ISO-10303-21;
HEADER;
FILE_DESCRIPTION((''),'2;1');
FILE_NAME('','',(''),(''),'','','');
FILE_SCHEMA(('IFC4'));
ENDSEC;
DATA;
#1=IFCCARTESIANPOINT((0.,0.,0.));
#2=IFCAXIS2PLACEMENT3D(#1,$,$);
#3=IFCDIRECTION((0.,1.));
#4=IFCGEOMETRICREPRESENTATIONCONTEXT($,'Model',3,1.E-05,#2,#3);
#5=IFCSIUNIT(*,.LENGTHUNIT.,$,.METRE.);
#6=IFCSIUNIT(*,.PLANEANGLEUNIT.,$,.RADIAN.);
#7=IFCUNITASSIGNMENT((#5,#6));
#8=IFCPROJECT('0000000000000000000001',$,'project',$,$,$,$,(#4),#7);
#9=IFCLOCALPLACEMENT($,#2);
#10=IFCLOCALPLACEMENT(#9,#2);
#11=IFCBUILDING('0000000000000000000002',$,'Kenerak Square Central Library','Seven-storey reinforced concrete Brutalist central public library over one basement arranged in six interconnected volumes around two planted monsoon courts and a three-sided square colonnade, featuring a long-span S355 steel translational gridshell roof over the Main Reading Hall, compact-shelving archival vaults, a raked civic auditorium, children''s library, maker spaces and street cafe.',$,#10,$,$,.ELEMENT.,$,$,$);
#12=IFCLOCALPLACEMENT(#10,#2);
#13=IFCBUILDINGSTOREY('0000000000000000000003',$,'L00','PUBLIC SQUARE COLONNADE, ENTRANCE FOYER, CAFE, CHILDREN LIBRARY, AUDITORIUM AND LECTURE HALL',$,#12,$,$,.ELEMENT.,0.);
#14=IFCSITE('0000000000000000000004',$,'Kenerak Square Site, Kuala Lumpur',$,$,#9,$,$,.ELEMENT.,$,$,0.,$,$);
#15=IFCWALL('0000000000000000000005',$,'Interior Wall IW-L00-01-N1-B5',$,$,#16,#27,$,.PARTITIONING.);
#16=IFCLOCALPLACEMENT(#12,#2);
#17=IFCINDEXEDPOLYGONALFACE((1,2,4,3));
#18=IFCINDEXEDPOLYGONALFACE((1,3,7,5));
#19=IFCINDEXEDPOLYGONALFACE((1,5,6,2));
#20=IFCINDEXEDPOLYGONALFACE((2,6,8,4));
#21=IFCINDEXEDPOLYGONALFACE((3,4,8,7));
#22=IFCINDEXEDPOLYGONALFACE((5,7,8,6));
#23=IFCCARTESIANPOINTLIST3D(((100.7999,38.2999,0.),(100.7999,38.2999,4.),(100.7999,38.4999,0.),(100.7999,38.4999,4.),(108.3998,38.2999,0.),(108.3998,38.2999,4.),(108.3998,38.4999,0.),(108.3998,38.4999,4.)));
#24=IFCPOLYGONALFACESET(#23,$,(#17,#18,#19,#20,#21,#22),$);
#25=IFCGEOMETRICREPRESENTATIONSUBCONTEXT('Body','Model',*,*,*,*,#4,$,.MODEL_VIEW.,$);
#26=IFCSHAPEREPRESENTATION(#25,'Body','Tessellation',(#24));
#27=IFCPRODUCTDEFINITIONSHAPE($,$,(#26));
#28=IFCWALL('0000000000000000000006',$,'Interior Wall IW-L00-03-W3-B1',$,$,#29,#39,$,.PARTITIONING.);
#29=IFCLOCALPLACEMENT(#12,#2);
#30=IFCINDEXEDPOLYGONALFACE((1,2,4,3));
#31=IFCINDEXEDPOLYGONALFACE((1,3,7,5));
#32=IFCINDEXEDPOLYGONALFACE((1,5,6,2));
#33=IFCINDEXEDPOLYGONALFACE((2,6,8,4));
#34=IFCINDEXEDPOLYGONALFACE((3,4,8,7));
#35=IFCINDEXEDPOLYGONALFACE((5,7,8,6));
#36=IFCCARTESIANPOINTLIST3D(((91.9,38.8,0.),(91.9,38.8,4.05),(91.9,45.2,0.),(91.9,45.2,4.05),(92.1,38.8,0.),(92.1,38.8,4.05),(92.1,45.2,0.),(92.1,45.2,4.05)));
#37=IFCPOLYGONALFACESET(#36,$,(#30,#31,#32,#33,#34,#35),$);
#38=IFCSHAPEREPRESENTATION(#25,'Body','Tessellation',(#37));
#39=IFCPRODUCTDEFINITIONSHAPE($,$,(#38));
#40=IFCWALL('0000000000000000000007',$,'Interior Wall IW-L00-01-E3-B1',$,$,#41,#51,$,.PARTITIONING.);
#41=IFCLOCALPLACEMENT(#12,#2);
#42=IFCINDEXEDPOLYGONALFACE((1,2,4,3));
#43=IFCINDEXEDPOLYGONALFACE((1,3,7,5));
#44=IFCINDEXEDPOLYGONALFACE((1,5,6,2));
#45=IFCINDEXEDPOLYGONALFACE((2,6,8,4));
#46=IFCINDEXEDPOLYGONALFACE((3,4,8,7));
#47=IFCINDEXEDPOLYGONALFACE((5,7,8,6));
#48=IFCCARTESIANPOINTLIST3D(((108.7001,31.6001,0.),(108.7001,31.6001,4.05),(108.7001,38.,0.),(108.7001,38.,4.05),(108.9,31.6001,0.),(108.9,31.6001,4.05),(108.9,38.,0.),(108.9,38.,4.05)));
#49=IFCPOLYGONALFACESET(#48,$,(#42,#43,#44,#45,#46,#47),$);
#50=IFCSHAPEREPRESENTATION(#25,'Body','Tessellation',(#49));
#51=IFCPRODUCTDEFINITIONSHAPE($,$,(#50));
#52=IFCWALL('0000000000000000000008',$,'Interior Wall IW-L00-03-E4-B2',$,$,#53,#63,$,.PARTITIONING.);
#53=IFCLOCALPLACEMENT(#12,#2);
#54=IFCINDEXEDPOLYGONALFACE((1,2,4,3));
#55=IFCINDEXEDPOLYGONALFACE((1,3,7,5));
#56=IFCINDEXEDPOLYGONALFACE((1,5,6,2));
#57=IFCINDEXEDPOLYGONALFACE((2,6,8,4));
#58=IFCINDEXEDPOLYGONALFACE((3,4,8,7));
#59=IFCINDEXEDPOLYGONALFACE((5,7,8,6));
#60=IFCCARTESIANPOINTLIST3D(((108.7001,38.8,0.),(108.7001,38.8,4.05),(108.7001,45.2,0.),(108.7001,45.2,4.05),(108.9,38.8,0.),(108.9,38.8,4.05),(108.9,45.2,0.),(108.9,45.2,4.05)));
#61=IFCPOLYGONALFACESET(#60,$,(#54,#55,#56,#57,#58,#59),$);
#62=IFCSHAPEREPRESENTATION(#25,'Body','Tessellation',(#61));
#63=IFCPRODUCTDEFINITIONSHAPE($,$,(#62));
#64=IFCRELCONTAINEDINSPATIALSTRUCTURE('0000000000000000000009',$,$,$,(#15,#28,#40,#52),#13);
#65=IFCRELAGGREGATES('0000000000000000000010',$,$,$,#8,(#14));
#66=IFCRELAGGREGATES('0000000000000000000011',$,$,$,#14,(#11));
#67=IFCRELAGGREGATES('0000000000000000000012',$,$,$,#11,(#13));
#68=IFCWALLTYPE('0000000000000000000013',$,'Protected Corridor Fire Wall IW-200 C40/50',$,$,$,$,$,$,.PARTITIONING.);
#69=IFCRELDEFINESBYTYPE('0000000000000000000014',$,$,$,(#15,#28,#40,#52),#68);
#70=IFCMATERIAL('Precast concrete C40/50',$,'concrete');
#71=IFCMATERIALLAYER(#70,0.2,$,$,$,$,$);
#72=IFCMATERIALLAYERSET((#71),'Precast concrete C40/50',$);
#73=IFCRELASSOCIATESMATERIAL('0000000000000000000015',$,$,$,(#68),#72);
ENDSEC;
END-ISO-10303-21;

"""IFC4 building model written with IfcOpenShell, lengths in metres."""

from ifc_helpers import new_model, si_unit, direction, frame, frame_2d, origin, place, context, subcontext, project, spatial, rectangle, extrude, material, layer, layer_set, type_object, element, save


model = new_model("IFC4")

# Units and contexts
model_context = context("Model", 3, precision=1e-05, world=origin(), true_north=direction((0.0, 1.0)))
body_context = subcontext(model_context, "Body", "Model", "MODEL_VIEW")
ifc_project = project(units=[si_unit("LENGTHUNIT", "METRE"), si_unit("PLANEANGLEUNIT", "RADIAN")], contexts=[model_context])

# Site, building, storey
site_placement = place(None, origin())
site = spatial("IfcSite", under=ifc_project, at=site_placement, Name="Kenerak Square Site, Kuala Lumpur", CompositionType="ELEMENT", RefElevation=0.0)
building_placement = place(site_placement, origin())
building = spatial("IfcBuilding", under=site, at=building_placement, Name="Kenerak Square Central Library", Description="Seven-storey reinforced concrete Brutalist central public library over one basement arranged in six interconnected volumes around two planted monsoon courts and a three-sided square colonnade, featuring a long-span S355 steel translational gridshell roof over the Main Reading Hall, compact-shelving archival vaults, a raked civic auditorium, children's library, maker spaces and street cafe.", CompositionType="ELEMENT")
storey_placement = place(building_placement, origin())
storey = spatial("IfcBuildingStorey", under=building, at=storey_placement, Name="L00", Description="PUBLIC SQUARE COLONNADE, ENTRANCE FOYER, CAFE, CHILDREN LIBRARY, AUDITORIUM AND LECTURE HALL", CompositionType="ELEMENT", Elevation=0.0)

# Walls
ifc_material_1 = material(Name="Precast concrete C40/50", Category="concrete")
ifc_layer = layer(ifc_material_1, 0.2)
ifc_layer_set = layer_set([ifc_layer], Name="Precast concrete C40/50")
wall_type = type_object("IfcWallType", Name="Protected Corridor Fire Wall IW-200 C40/50", PredefinedType="PARTITIONING", material=ifc_layer_set)
wall_1_placement = place(storey_placement, frame((100.8, 38.3999, 0.0), z_axis=(0.0, 0.0, 1.0), x_axis=(1.0, 0.0, 0.0)))
element("IfcWall", 1, at=wall_1_placement, inside=storey, type_object=wall_type, Name="Interior Wall IW-L00-01-N1-B5", PredefinedType="PARTITIONING", context=body_context, shape_type="SweptSolid", body=[
    extrude(rectangle(XDim=7.5999, YDim=0.2, at=frame_2d((3.7998, 0.0))), origin(), (0.0, 0.0, 1.0), 4.0),
])
for number, where, z_axis, x_axis, name in (
    (2, (92.0, 38.8, 0.0), (0.0, 0.0, 1.0), (0.0, 1.0, 0.0), "Interior Wall IW-L00-03-W3-B1"),
    (3, (108.8, 38.0, 0.0), (0.0, 0.0, 1.0), (0.0, -1.0, 0.0), "Interior Wall IW-L00-01-E3-B1"),
    (4, (108.8, 45.2, 0.0), (0.0, 0.0, 1.0), (0.0, -1.0, 0.0), "Interior Wall IW-L00-03-E4-B2"),
):
    element("IfcWall", number, at=place(storey_placement, frame(where, z_axis=z_axis, x_axis=x_axis)), inside=storey, type_object=wall_type, Name=name, PredefinedType="PARTITIONING", context=body_context, shape_type="SweptSolid", body=[
        extrude(rectangle(XDim=6.3999, YDim=0.2, at=frame_2d((3.2, 0.0))), origin(), (0.0, 0.0, 1.0), 4.05),
    ])

save(model, "model.ifc")
